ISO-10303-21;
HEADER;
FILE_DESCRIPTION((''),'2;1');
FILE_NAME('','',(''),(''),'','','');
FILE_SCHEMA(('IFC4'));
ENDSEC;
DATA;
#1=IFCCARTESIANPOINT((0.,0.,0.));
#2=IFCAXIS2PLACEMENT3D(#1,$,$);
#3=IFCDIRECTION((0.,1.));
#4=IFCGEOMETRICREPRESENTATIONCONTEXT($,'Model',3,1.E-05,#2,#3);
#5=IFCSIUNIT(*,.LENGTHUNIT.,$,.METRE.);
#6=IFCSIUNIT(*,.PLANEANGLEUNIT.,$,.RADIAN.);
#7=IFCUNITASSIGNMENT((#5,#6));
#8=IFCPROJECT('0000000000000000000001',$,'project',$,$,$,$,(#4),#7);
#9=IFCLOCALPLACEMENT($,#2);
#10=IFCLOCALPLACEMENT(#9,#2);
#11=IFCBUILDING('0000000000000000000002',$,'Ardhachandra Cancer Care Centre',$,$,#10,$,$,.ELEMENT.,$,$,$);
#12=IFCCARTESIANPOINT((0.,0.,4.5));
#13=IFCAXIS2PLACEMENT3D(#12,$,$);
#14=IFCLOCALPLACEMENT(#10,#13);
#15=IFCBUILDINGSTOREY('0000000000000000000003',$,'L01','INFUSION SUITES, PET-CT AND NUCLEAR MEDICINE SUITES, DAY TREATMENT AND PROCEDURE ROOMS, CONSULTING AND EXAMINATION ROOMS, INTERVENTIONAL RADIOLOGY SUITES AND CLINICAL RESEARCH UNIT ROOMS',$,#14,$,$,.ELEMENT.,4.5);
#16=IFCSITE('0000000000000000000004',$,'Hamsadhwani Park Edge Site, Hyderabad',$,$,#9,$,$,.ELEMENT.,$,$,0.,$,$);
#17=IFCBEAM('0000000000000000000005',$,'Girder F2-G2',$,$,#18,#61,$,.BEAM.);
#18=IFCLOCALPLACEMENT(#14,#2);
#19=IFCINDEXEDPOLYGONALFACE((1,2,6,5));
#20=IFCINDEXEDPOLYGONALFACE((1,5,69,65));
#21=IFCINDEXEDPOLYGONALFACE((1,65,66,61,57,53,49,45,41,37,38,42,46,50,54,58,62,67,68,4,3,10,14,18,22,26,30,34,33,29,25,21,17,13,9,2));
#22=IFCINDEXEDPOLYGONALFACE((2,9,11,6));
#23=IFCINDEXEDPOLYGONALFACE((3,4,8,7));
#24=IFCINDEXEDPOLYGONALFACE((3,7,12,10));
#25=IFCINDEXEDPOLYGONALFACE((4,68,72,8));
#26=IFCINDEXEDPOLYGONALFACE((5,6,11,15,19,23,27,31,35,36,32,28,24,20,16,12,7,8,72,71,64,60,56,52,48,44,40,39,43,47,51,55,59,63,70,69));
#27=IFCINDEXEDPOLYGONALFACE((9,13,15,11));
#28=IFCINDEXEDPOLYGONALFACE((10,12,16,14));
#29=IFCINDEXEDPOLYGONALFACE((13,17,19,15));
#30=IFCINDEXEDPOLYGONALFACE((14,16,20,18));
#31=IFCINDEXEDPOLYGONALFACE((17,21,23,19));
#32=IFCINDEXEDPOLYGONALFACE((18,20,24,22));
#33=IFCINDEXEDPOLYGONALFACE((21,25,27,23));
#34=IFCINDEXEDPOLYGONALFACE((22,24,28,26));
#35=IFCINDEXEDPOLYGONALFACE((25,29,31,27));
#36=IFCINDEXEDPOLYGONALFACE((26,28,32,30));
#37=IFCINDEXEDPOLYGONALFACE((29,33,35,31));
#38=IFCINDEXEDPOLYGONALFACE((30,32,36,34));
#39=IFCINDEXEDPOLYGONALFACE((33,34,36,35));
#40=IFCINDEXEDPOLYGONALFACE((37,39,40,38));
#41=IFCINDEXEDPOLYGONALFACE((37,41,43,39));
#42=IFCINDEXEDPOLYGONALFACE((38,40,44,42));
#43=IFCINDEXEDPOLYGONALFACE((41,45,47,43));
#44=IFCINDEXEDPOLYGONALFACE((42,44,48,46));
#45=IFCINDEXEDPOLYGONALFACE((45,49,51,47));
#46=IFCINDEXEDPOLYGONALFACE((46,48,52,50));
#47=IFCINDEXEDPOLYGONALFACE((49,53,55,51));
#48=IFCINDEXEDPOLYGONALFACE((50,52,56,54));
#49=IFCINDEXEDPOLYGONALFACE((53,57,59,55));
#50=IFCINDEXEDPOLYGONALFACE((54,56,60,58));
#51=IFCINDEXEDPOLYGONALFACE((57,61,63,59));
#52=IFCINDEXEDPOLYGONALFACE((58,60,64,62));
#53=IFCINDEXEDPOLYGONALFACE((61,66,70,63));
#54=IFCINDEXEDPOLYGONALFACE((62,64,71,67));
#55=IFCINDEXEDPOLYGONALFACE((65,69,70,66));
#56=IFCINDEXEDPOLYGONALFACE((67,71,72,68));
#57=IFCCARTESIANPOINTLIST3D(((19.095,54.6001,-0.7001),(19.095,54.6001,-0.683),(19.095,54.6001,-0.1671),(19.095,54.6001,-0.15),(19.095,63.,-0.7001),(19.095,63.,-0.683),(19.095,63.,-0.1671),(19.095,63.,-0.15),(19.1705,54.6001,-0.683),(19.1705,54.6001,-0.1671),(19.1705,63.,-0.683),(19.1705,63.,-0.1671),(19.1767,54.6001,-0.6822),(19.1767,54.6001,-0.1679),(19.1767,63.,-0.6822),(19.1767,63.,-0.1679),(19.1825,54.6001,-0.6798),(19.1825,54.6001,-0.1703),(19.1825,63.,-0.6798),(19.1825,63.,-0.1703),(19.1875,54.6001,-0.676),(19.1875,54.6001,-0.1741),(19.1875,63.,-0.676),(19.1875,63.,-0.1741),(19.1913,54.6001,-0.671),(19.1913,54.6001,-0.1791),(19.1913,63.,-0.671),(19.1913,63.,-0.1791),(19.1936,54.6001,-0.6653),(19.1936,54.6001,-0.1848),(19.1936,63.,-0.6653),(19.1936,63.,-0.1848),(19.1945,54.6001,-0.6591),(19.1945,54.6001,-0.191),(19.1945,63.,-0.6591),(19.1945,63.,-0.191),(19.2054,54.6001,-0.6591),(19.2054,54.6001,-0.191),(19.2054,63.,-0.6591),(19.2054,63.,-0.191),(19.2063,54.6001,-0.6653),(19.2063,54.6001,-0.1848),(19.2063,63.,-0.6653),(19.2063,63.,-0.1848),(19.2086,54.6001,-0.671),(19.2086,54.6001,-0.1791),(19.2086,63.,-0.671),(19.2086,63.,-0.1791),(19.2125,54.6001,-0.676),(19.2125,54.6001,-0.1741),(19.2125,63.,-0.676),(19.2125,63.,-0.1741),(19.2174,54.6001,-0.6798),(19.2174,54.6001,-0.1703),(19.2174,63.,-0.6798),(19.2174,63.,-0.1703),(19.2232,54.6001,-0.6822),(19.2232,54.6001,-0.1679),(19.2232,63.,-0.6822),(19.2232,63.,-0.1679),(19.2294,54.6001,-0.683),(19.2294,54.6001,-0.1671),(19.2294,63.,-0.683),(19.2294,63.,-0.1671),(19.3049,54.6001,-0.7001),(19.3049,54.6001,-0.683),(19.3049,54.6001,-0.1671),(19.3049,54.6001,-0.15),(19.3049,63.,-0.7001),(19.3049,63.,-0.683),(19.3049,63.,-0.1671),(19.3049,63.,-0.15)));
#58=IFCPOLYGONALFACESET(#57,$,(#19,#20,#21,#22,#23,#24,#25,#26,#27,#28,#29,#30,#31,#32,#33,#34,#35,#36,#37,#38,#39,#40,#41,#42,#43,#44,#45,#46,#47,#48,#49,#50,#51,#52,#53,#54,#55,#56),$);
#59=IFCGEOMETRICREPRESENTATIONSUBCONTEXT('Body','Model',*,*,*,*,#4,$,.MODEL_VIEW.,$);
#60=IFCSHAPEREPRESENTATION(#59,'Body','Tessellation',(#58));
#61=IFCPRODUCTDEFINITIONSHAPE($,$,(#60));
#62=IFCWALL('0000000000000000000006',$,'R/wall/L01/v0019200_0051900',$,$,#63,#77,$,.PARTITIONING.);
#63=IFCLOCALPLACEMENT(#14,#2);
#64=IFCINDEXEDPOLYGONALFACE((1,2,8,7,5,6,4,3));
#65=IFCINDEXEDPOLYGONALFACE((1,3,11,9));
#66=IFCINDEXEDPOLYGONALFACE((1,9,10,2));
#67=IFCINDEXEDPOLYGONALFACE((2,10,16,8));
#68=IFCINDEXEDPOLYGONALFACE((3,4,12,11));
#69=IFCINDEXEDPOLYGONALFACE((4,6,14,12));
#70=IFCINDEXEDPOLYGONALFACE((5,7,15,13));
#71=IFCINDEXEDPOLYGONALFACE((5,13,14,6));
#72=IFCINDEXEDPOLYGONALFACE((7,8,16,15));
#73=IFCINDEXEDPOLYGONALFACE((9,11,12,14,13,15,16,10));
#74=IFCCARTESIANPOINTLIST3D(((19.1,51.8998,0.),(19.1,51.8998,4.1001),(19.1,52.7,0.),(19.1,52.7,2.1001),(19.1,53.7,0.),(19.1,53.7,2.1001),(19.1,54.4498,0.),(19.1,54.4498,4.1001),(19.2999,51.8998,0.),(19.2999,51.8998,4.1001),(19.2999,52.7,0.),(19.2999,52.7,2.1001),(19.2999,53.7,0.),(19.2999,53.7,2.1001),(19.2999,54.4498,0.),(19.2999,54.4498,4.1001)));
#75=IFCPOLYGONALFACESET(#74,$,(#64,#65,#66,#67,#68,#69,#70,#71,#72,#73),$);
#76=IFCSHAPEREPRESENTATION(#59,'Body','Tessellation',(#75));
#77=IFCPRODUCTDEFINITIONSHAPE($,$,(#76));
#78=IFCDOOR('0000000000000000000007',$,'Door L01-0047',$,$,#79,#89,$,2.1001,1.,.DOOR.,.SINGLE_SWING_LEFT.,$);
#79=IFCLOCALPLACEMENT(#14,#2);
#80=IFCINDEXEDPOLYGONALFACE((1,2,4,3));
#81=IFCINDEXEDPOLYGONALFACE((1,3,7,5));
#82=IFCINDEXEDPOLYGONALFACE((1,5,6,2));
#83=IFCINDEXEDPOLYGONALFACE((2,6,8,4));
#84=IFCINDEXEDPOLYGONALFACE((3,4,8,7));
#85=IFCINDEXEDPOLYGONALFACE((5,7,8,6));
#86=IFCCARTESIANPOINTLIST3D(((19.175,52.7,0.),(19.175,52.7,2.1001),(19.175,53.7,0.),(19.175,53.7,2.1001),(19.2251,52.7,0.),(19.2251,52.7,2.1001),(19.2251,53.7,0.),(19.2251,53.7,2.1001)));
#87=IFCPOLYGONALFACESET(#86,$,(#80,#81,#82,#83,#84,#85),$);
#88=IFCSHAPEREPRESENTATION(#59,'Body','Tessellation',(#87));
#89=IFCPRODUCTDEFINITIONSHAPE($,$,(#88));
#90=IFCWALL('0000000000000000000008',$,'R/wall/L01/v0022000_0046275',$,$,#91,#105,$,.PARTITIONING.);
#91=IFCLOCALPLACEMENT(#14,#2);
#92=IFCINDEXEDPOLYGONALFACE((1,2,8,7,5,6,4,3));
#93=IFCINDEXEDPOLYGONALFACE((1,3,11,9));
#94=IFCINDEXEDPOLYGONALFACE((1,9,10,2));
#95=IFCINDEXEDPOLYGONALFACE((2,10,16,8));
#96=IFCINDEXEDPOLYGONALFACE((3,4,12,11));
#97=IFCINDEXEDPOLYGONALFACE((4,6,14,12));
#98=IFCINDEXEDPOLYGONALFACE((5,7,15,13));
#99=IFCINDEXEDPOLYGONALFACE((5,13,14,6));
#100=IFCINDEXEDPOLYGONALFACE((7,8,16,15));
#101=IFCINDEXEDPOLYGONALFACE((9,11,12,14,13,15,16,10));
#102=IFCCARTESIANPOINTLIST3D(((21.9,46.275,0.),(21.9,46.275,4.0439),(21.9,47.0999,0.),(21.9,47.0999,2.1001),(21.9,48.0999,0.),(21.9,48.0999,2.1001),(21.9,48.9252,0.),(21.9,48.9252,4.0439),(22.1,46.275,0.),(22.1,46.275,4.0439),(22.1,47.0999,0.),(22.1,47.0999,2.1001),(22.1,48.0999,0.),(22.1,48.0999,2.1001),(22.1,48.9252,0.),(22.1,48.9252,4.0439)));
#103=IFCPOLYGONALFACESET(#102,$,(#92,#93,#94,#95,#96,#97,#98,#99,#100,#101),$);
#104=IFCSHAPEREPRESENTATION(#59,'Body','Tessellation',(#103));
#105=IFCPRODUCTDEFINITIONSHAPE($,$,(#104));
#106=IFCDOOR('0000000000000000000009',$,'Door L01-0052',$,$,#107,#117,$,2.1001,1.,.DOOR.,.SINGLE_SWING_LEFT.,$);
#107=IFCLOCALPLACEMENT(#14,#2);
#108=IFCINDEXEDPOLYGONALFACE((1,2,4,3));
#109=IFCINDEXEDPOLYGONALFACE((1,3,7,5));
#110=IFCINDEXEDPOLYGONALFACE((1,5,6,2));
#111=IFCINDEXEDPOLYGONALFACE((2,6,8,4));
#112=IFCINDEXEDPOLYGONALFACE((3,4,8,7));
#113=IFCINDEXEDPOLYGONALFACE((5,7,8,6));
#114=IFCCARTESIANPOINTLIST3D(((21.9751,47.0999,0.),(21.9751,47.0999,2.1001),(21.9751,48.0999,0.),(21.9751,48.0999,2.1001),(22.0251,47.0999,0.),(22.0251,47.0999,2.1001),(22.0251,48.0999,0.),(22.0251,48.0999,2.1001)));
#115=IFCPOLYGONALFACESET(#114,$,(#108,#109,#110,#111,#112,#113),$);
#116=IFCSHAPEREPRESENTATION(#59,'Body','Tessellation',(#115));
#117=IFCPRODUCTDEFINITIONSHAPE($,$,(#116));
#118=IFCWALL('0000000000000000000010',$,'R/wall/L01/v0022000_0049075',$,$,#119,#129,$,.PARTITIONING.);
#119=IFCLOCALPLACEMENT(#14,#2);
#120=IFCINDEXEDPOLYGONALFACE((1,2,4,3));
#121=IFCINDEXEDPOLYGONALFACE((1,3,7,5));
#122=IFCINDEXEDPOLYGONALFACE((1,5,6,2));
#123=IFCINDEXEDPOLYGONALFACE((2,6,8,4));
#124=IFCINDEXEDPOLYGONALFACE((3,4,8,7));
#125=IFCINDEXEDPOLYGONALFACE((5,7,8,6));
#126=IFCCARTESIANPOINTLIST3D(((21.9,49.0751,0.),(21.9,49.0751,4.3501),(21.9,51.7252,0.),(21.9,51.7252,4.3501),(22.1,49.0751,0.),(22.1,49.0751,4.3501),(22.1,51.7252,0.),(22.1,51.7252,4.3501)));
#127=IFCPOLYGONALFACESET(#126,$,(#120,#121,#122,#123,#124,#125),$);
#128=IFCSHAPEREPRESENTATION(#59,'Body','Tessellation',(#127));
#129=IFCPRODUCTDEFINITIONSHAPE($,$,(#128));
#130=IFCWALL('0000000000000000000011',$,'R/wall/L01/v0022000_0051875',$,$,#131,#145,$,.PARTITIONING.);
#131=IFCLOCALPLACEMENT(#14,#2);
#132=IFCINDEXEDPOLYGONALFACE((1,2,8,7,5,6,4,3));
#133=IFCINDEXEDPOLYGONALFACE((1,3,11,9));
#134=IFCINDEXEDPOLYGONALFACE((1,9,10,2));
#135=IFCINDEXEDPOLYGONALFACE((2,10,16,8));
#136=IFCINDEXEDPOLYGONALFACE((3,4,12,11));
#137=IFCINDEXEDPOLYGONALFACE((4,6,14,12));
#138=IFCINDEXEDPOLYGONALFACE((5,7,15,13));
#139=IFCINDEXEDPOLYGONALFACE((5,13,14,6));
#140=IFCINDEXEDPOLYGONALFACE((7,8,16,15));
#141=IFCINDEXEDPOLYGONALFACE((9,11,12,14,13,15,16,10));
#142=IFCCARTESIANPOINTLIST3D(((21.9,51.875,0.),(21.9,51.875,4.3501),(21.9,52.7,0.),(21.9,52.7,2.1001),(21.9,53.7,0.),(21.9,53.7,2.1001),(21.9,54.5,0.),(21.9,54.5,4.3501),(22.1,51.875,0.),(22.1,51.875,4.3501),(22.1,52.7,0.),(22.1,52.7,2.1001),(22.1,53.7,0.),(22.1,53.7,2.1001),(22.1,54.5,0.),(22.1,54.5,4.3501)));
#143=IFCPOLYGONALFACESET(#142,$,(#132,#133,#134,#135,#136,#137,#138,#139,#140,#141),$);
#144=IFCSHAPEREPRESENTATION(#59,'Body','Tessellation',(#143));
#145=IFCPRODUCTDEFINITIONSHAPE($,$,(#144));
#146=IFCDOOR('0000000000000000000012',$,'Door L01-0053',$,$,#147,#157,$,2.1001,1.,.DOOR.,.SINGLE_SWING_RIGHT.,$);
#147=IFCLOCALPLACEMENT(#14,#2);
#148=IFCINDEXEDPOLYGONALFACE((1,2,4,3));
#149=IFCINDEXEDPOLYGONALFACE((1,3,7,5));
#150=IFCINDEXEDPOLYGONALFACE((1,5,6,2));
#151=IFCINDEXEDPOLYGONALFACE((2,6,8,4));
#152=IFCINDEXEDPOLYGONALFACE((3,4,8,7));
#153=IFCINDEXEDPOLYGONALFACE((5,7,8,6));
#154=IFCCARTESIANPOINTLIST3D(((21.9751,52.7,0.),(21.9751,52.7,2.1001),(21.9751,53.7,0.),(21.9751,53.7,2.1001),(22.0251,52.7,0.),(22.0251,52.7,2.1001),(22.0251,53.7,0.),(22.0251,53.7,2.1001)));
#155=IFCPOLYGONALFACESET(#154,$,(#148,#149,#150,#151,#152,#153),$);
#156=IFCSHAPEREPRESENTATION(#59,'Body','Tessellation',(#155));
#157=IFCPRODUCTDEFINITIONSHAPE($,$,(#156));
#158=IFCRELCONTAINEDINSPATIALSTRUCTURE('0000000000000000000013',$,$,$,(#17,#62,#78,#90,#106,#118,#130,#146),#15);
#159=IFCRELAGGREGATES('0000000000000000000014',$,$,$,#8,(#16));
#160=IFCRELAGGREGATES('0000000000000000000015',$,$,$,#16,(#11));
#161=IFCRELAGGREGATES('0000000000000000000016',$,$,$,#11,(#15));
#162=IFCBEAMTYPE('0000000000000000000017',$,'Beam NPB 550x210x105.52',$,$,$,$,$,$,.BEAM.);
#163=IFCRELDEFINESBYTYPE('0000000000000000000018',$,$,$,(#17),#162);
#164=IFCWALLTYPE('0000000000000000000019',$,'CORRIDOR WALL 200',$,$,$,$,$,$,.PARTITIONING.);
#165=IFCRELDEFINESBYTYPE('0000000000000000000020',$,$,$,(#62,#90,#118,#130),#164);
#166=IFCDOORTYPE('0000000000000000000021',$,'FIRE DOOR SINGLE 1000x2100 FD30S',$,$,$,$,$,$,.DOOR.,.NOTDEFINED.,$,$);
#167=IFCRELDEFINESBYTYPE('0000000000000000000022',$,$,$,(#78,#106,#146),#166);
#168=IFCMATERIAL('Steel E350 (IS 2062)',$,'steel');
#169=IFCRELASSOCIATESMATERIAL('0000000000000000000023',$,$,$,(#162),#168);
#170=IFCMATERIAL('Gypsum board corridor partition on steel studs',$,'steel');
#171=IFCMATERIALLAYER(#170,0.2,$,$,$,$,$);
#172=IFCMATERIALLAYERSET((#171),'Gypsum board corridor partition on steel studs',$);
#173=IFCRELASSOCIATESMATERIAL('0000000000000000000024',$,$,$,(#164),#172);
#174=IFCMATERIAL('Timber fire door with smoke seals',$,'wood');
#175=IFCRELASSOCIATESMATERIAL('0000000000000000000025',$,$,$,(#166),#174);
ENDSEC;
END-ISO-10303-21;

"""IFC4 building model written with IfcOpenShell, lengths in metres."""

from ifc_helpers import new_model, si_unit, direction, frame, frame_2d, origin, origin_2d, place, context, subcontext, project, spatial, rectangle, i_section, extrude, material, layer, layer_set, material_profile, profile_set, type_object, element, fill, save


model = new_model("IFC4")

# Units and contexts
model_context = context("Model", 3, precision=1e-05, world=origin(), true_north=direction((0.0, 1.0)))
body_context = subcontext(model_context, "Body", "Model", "MODEL_VIEW")
ifc_project = project(units=[si_unit("LENGTHUNIT", "METRE"), si_unit("PLANEANGLEUNIT", "RADIAN")], contexts=[model_context])

# Site, building, storey
site_placement = place(None, origin())
site = spatial("IfcSite", under=ifc_project, at=site_placement, Name="Hamsadhwani Park Edge Site, Hyderabad", CompositionType="ELEMENT", RefElevation=0.0)
building_placement = place(site_placement, origin())
building = spatial("IfcBuilding", under=site, at=building_placement, Name="Ardhachandra Cancer Care Centre", CompositionType="ELEMENT")
storey_placement = place(building_placement, frame((0.0, 0.0, 4.5)))
storey = spatial("IfcBuildingStorey", under=building, at=storey_placement, Name="L01", Description="INFUSION SUITES, PET-CT AND NUCLEAR MEDICINE SUITES, DAY TREATMENT AND PROCEDURE ROOMS, CONSULTING AND EXAMINATION ROOMS, INTERVENTIONAL RADIOLOGY SUITES AND CLINICAL RESEARCH UNIT ROOMS", CompositionType="ELEMENT", Elevation=4.5)

# Beam
ifc_material_1 = material(Name="Steel E350 (IS 2062)", Category="steel")
ifc_material_profile_1 = material_profile(ifc_material_1, i_section(OverallWidth=0.21, OverallDepth=0.55, WebThickness=0.011, FlangeThickness=0.0171, FilletRadius=0.0239, at=origin_2d()), Name="NPB 550x210x105.52")
ifc_profile_set_1 = profile_set([ifc_material_profile_1], Name="Steel E350 (IS 2062)")
beam_type_1 = type_object("IfcBeamType", Name="Beam NPB 550x210x105.52", PredefinedType="BEAM", material=ifc_profile_set_1)
beam_1_placement = place(storey_placement, frame((19.2, 54.6001, -0.425), z_axis=(0.0, 1.0, 0.0), x_axis=(-1.0, 0.0, 0.0)))
element("IfcBeam", 1, at=beam_1_placement, inside=storey, type_object=beam_type_1, Name="Girder F2-G2", PredefinedType="BEAM", context=body_context, shape_type="SweptSolid", body=[
    extrude(i_section(OverallWidth=0.21, OverallDepth=0.55, WebThickness=0.011, FlangeThickness=0.0171, FilletRadius=0.0239, at=origin_2d()), origin(), (0.0, 0.0, 1.0), 8.3999),
])

# Walls, openings, doors
ifc_material_2 = material(Name="Gypsum board corridor partition on steel studs", Category="steel")
ifc_layer_1 = layer(ifc_material_2, 0.2)
ifc_layer_set_1 = layer_set([ifc_layer_1], Name="Gypsum board corridor partition on steel studs")
wall_type_1 = type_object("IfcWallType", Name="CORRIDOR WALL 200", PredefinedType="PARTITIONING", material=ifc_layer_set_1)
wall_1_placement = place(storey_placement, frame((19.2, 51.8999, 0.0), z_axis=(0.0, 0.0, 1.0), x_axis=(0.0, 1.0, 0.0)))
wall_1 = element("IfcWall", 2, at=wall_1_placement, inside=storey, type_object=wall_type_1, Name="R/wall/L01/v0019200_0051900", PredefinedType="PARTITIONING", context=body_context, shape_type="SweptSolid", body=[
    extrude(rectangle(XDim=2.55, YDim=0.2, at=frame_2d((1.2749, 0.0))), origin(), (0.0, 0.0, 1.0), 4.1001),
])
opening_1_placement = place(wall_1_placement, frame((0.8, 0.0, 0.0)))
opening_1 = element("IfcOpeningElement", 3, at=opening_1_placement, cuts=wall_1, PredefinedType="OPENING", context=body_context, shape_type="SweptSolid", body=[
    extrude(rectangle(XDim=1.0, YDim=2.1001, at=frame_2d((0.5, 1.05))), frame((0.0, 0.1099, 0.0), z_axis=(0.0, -1.0, 0.0), x_axis=(1.0, 0.0, 0.0)), (0.0, 0.0, 1.0), 0.22),
])
ifc_material_3 = material(Name="Timber fire door with smoke seals", Category="wood")
door_type_1 = type_object("IfcDoorType", Name="FIRE DOOR SINGLE 1000x2100 FD30S", OperationType="NOTDEFINED", PredefinedType="DOOR", material=ifc_material_3)
door_1_placement = place(opening_1_placement, origin())
door_1 = element("IfcDoor", 4, at=door_1_placement, inside=storey, type_object=door_type_1, Name="Door L01-0047", OperationType="SINGLE_SWING_LEFT", OverallHeight=2.1001, OverallWidth=1.0, PredefinedType="DOOR", context=body_context, shape_type="SweptSolid", body=[
    extrude(rectangle(XDim=1.0, YDim=2.1001, at=frame_2d((0.5, 1.05))), frame((0.0, 0.0249, 0.0), z_axis=(0.0, -1.0, 0.0), x_axis=(1.0, 0.0, 0.0)), (0.0, 0.0, 1.0), 0.05),
])
fill(opening_1, door_1)
wall_2_placement = place(storey_placement, frame((22.0, 46.2749, 0.0), z_axis=(0.0, 0.0, 1.0), x_axis=(0.0, 1.0, 0.0)))
wall_2 = element("IfcWall", 5, at=wall_2_placement, inside=storey, type_object=wall_type_1, Name="R/wall/L01/v0022000_0046275", PredefinedType="PARTITIONING", context=body_context, shape_type="SweptSolid", body=[
    extrude(rectangle(XDim=2.6501, YDim=0.2, at=frame_2d((1.3252, 0.0))), origin(), (0.0, 0.0, 1.0), 4.0439),
])
opening_2_placement = place(wall_2_placement, frame((0.825, 0.0, 0.0)))
opening_2 = element("IfcOpeningElement", 6, at=opening_2_placement, cuts=wall_2, PredefinedType="OPENING", context=body_context, shape_type="SweptSolid", body=[
    extrude(rectangle(XDim=1.0, YDim=2.1001, at=frame_2d((0.5, 1.05))), frame((0.0, 0.1099, 0.0), z_axis=(0.0, -1.0, 0.0), x_axis=(1.0, 0.0, 0.0)), (0.0, 0.0, 1.0), 0.22),
])
door_2_placement = place(opening_2_placement, origin())
door_2 = element("IfcDoor", 7, at=door_2_placement, inside=storey, type_object=door_type_1, Name="Door L01-0052", OperationType="SINGLE_SWING_LEFT", OverallHeight=2.1001, OverallWidth=1.0, PredefinedType="DOOR", context=body_context, shape_type="SweptSolid", body=[
    extrude(rectangle(XDim=1.0, YDim=2.1001, at=frame_2d((0.5, 1.05))), frame((0.0, 0.0249, 0.0), z_axis=(0.0, -1.0, 0.0), x_axis=(1.0, 0.0, 0.0)), (0.0, 0.0, 1.0), 0.05),
])
fill(opening_2, door_2)

# Wall
wall_3_placement = place(storey_placement, frame((22.0, 49.075, 0.0), z_axis=(0.0, 0.0, 1.0), x_axis=(0.0, 1.0, 0.0)))
element("IfcWall", 8, at=wall_3_placement, inside=storey, type_object=wall_type_1, Name="R/wall/L01/v0022000_0049075", PredefinedType="PARTITIONING", context=body_context, shape_type="SweptSolid", body=[
    extrude(rectangle(XDim=2.6501, YDim=0.2, at=frame_2d((1.3252, 0.0))), origin(), (0.0, 0.0, 1.0), 4.3501),
])

# Wall, opening, door
wall_4_placement = place(storey_placement, frame((22.0, 51.875, 0.0), z_axis=(0.0, 0.0, 1.0), x_axis=(0.0, 1.0, 0.0)))
wall_4 = element("IfcWall", 9, at=wall_4_placement, inside=storey, type_object=wall_type_1, Name="R/wall/L01/v0022000_0051875", PredefinedType="PARTITIONING", context=body_context, shape_type="SweptSolid", body=[
    extrude(rectangle(XDim=2.625, YDim=0.2, at=frame_2d((1.3125, 0.0))), origin(), (0.0, 0.0, 1.0), 4.3501),
])
opening_3_placement = place(wall_4_placement, frame((0.825, 0.0, 0.0)))
opening_3 = element("IfcOpeningElement", 10, at=opening_3_placement, cuts=wall_4, PredefinedType="OPENING", context=body_context, shape_type="SweptSolid", body=[
    extrude(rectangle(XDim=1.0, YDim=2.1001, at=frame_2d((0.5, 1.05))), frame((0.0, 0.1099, 0.0), z_axis=(0.0, -1.0, 0.0), x_axis=(1.0, 0.0, 0.0)), (0.0, 0.0, 1.0), 0.22),
])
door_3_placement = place(opening_3_placement, origin())
door_3 = element("IfcDoor", 11, at=door_3_placement, inside=storey, type_object=door_type_1, Name="Door L01-0053", OperationType="SINGLE_SWING_RIGHT", OverallHeight=2.1001, OverallWidth=1.0, PredefinedType="DOOR", context=body_context, shape_type="SweptSolid", body=[
    extrude(rectangle(XDim=1.0, YDim=2.1001, at=frame_2d((0.5, 1.05))), frame((0.0, 0.0249, 0.0), z_axis=(0.0, -1.0, 0.0), x_axis=(1.0, 0.0, 0.0)), (0.0, 0.0, 1.0), 0.05),
])
fill(opening_3, door_3)

save(model, "model.ifc")
